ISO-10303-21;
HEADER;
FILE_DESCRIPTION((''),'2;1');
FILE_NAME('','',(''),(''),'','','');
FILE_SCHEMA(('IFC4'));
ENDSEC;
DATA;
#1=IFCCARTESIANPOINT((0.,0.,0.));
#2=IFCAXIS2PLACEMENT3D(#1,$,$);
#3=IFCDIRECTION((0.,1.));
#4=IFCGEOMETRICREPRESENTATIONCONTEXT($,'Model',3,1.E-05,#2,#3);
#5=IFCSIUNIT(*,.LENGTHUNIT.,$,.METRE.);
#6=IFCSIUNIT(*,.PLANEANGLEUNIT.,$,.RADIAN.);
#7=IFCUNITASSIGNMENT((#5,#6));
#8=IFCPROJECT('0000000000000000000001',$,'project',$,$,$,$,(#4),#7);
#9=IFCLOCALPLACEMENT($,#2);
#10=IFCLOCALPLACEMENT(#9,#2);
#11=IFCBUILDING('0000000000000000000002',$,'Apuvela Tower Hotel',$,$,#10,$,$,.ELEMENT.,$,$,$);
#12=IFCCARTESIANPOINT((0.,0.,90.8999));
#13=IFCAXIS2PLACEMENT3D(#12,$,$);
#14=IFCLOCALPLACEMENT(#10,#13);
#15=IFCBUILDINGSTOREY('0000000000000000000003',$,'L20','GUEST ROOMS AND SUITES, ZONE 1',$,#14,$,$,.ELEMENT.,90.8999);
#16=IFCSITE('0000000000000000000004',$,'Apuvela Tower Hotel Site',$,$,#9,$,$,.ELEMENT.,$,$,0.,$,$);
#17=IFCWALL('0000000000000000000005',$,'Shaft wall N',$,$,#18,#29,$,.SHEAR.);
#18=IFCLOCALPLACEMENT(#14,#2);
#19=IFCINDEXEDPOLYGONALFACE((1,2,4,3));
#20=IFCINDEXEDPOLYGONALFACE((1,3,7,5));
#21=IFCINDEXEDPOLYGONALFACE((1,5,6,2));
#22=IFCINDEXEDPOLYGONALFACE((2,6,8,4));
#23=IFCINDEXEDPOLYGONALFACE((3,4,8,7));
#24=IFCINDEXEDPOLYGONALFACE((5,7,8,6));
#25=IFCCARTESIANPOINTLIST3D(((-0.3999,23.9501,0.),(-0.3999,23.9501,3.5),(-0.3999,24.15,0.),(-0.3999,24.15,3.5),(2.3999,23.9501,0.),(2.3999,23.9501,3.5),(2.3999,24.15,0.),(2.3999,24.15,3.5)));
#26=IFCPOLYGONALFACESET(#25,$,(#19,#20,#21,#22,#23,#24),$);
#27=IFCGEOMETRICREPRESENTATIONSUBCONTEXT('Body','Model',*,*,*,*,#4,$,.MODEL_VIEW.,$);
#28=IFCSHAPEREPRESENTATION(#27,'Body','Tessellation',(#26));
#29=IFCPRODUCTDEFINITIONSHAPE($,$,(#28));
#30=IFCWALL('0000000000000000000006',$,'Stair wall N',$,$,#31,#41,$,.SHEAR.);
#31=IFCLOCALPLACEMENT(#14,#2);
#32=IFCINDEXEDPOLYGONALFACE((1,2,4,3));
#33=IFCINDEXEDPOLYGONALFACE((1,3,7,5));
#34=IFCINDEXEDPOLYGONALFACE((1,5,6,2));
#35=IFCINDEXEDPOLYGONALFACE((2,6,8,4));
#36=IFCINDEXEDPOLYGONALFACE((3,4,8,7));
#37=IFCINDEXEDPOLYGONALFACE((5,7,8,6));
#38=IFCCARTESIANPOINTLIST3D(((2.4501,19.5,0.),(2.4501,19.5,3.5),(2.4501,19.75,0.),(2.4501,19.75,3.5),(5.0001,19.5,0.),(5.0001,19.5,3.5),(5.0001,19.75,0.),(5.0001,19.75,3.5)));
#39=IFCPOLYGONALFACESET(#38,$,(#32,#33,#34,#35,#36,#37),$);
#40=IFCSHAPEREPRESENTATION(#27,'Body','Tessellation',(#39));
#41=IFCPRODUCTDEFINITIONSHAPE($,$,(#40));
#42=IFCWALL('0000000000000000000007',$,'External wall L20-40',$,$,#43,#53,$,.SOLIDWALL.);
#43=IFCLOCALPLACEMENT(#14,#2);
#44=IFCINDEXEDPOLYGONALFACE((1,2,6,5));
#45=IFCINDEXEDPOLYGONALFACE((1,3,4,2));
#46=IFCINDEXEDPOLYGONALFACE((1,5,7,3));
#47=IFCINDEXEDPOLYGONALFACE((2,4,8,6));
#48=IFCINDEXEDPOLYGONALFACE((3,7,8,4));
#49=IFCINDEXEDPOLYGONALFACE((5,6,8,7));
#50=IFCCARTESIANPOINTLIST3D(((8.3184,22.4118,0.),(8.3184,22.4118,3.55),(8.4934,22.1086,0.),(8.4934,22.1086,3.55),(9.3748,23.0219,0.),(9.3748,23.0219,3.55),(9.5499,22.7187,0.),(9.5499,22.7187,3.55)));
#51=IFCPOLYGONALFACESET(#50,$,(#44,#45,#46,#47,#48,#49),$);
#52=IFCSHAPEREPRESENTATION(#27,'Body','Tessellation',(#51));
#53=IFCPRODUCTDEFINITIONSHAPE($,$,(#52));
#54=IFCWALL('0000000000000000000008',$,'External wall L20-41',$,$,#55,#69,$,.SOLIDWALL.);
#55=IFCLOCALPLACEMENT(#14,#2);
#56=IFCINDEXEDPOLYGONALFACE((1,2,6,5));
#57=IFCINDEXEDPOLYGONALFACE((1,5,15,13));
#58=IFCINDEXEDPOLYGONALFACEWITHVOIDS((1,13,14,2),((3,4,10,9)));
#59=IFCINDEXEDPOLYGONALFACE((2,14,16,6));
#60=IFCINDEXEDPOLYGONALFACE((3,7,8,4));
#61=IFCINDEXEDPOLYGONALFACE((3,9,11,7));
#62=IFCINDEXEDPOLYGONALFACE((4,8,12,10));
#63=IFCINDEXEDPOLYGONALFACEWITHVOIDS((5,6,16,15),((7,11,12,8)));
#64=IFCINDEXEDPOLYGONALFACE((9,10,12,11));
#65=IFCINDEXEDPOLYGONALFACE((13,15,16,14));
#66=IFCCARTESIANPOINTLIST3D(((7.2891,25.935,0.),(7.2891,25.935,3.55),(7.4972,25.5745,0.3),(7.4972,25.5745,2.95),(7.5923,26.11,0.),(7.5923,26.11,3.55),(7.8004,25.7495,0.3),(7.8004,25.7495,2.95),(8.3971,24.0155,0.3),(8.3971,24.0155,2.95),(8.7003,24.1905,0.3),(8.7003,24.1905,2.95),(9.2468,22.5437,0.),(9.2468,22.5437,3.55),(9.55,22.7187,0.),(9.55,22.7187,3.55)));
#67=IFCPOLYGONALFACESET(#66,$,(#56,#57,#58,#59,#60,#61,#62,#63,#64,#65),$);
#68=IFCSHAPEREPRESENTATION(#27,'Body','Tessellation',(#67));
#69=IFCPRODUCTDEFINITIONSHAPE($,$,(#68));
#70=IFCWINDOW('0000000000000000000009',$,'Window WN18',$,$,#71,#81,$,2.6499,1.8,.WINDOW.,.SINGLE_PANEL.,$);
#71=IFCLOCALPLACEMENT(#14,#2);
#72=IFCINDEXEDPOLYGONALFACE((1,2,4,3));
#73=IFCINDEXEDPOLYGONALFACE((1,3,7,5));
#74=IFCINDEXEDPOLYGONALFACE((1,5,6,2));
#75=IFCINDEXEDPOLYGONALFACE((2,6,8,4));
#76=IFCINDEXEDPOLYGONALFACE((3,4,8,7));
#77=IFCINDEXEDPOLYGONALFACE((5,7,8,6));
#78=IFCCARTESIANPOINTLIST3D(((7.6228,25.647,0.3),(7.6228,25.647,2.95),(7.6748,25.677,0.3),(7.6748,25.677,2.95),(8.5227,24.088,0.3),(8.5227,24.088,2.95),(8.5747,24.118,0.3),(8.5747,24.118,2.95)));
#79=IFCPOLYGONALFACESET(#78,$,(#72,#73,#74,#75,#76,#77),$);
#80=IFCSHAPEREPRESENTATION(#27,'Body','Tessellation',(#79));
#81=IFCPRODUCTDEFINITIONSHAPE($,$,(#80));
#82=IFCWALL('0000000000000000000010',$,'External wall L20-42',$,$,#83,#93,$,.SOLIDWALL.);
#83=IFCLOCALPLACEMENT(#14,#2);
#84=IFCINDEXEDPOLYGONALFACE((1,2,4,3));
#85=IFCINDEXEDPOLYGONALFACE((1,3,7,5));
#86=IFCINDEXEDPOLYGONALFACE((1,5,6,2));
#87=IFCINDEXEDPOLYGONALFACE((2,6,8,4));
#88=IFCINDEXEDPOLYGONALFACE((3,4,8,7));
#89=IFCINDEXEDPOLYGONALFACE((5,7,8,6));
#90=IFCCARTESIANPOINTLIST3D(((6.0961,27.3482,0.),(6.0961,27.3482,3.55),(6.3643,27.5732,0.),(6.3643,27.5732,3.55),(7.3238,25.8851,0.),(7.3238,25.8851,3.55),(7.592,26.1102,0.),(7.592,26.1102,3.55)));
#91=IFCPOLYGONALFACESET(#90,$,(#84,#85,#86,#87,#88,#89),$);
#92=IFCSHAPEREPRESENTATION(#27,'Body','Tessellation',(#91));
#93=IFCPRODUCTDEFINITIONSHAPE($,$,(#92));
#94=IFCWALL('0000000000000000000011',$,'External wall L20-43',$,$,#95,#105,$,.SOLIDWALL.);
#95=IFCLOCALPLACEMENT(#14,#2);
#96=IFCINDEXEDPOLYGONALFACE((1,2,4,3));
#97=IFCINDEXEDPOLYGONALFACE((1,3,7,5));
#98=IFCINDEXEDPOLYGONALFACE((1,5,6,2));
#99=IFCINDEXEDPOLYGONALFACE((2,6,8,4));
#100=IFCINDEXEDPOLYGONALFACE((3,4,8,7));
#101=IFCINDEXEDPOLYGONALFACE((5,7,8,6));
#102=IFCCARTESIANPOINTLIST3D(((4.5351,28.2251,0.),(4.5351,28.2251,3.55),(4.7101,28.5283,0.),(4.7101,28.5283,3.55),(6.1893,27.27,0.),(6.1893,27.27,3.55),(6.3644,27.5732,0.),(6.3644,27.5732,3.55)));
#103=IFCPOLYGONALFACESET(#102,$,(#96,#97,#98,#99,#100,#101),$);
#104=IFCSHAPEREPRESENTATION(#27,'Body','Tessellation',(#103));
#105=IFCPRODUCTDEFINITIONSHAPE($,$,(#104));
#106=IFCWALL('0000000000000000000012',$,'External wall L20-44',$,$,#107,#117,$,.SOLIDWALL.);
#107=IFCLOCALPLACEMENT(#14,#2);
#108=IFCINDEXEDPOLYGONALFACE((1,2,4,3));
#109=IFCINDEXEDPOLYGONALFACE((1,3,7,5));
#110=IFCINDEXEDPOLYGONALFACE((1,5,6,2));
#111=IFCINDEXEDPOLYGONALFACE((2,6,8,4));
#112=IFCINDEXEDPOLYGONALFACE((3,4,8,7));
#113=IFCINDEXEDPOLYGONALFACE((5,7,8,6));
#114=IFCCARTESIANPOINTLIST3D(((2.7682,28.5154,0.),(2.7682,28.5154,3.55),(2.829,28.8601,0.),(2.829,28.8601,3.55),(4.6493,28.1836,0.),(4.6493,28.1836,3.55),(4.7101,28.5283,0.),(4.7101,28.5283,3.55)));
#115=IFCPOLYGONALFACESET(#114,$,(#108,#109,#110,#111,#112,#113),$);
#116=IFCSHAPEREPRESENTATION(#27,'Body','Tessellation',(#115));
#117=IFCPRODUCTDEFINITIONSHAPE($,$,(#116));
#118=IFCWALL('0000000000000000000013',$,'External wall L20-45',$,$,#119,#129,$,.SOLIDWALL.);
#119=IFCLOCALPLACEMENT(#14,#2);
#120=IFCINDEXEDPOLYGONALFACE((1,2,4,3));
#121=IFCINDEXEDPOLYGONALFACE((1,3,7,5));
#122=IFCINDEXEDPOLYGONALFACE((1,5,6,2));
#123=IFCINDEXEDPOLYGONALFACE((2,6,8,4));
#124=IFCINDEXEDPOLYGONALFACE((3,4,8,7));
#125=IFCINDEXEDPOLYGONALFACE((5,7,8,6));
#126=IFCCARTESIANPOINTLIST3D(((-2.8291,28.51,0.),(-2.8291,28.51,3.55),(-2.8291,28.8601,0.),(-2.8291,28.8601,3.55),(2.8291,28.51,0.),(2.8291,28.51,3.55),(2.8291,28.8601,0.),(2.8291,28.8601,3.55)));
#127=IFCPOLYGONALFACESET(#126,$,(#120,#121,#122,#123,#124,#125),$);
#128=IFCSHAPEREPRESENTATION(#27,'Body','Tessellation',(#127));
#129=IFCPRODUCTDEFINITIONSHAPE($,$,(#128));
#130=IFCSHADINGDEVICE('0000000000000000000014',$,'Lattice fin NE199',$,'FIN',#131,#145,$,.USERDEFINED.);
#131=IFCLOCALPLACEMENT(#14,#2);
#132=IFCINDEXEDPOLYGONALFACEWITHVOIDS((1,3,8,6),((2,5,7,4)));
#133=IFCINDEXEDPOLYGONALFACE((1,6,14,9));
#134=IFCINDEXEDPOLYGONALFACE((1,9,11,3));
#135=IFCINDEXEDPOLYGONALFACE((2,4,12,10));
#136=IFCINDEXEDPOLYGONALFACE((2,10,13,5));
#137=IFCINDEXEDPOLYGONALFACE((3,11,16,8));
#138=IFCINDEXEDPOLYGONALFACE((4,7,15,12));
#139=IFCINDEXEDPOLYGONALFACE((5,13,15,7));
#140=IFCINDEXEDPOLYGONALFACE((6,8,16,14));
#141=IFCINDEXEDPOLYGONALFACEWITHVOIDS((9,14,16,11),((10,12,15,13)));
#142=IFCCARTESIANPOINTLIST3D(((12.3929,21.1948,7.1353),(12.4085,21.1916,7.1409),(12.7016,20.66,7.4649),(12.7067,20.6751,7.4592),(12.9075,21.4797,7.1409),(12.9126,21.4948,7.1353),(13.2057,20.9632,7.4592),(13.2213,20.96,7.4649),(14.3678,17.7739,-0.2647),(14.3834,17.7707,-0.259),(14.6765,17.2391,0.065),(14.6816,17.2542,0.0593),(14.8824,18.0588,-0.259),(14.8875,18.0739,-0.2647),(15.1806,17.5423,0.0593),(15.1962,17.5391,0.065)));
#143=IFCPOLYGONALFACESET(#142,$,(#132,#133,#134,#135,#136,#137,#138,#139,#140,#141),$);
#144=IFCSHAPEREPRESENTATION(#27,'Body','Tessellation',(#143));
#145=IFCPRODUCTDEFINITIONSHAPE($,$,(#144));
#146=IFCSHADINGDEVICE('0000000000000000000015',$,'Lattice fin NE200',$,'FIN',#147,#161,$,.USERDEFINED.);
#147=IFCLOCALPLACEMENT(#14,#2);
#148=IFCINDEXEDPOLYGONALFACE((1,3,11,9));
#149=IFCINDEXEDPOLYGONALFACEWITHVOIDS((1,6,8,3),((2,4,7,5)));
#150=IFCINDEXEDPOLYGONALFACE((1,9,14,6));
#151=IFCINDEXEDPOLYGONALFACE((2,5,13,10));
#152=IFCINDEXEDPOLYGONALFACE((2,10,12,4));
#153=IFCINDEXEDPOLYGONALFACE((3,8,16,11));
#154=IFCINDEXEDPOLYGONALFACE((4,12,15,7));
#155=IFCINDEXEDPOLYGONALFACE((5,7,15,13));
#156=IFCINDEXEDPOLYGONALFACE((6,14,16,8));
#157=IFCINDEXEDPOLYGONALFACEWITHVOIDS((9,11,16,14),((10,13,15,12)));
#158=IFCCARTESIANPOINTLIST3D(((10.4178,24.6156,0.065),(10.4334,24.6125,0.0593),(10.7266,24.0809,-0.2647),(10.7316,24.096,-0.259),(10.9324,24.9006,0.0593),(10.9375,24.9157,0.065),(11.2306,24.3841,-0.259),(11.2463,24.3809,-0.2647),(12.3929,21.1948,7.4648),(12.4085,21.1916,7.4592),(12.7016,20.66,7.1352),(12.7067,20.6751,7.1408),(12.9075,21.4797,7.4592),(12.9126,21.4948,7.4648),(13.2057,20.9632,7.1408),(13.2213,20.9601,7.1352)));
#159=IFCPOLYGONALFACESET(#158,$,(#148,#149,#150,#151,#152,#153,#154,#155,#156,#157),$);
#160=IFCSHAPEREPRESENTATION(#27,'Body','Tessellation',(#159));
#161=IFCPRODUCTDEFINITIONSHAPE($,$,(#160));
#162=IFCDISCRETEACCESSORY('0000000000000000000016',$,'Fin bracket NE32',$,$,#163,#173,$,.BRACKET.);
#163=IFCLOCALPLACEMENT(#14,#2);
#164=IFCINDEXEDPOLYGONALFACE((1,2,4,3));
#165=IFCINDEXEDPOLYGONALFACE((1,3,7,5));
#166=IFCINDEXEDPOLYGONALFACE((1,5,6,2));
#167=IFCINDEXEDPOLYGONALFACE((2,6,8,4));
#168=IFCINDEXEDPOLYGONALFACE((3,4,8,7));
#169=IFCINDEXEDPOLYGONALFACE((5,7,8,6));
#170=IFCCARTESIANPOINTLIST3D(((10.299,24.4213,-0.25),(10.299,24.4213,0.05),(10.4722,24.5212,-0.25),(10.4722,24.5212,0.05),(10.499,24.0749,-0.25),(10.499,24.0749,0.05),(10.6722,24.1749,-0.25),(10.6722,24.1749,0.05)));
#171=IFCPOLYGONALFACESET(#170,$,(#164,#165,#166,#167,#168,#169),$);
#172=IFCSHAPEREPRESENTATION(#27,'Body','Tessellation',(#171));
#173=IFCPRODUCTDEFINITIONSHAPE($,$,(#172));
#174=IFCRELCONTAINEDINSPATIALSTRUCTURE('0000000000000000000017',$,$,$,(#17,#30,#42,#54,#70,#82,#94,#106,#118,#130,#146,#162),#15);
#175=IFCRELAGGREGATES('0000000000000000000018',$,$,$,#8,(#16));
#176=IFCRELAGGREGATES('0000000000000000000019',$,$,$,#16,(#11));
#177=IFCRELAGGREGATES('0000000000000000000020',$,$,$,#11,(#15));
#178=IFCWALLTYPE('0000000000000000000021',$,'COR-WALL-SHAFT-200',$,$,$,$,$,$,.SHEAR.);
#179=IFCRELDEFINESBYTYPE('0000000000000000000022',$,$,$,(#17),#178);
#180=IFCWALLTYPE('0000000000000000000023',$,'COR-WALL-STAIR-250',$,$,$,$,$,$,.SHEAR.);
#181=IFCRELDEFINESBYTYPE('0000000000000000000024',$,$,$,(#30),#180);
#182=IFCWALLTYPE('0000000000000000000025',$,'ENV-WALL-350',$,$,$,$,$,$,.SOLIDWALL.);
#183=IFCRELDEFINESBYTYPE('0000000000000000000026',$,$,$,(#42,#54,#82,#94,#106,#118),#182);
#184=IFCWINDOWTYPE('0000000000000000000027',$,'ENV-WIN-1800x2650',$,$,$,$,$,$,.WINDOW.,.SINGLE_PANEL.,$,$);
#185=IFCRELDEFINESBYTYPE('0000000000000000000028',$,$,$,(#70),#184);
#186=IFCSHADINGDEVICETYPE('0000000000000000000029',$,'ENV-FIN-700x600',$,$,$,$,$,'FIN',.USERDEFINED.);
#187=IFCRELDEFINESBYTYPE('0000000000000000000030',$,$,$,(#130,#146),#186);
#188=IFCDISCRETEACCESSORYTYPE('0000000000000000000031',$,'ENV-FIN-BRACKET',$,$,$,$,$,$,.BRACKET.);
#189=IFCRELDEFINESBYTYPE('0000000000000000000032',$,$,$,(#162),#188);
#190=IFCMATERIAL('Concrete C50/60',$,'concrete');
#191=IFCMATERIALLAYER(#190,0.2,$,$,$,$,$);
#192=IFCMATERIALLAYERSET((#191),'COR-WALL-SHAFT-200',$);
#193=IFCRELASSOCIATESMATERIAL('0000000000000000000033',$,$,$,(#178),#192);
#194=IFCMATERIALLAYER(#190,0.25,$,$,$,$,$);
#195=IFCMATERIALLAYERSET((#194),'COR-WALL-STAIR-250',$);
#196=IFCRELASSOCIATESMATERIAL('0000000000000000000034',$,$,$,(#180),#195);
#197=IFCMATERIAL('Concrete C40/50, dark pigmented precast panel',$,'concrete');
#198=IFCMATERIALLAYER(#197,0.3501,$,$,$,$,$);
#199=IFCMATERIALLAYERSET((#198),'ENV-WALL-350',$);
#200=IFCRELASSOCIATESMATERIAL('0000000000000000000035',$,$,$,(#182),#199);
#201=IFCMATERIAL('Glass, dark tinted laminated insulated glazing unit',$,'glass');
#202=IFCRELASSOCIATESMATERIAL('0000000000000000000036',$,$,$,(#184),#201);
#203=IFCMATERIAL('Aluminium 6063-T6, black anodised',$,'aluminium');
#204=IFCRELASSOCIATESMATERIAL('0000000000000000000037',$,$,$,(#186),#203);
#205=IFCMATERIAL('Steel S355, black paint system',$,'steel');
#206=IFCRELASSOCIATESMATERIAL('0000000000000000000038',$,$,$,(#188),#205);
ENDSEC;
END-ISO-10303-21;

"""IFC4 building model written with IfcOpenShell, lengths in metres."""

from ifc_helpers import new_model, si_unit, direction, frame, frame_2d, origin, origin_2d, place, context, subcontext, project, spatial, rectangle, hollow_rectangle, extrude, material, layer, layer_set, material_profile, profile_set, type_object, element, fill, save


model = new_model("IFC4")

# Units and contexts
model_context = context("Model", 3, precision=1e-05, world=origin(), true_north=direction((0.0, 1.0)))
body_context = subcontext(model_context, "Body", "Model", "MODEL_VIEW")
ifc_project = project(units=[si_unit("LENGTHUNIT", "METRE"), si_unit("PLANEANGLEUNIT", "RADIAN")], contexts=[model_context])

# Site, building, storey
site_placement = place(None, origin())
site = spatial("IfcSite", under=ifc_project, at=site_placement, Name="Apuvela Tower Hotel Site", CompositionType="ELEMENT", RefElevation=0.0)
building_placement = place(site_placement, origin())
building = spatial("IfcBuilding", under=site, at=building_placement, Name="Apuvela Tower Hotel", CompositionType="ELEMENT")
storey_placement = place(building_placement, frame((0.0, 0.0, 90.8999)))
storey = spatial("IfcBuildingStorey", under=building, at=storey_placement, Name="L20", Description="GUEST ROOMS AND SUITES, ZONE 1", CompositionType="ELEMENT", Elevation=90.8999)

# Walls
ifc_material_1 = material(Name="Concrete C50/60", Category="concrete")
ifc_layer_1 = layer(ifc_material_1, 0.2)
ifc_layer_set_1 = layer_set([ifc_layer_1], Name="COR-WALL-SHAFT-200")
wall_type_1 = type_object("IfcWallType", Name="COR-WALL-SHAFT-200", PredefinedType="SHEAR", material=ifc_layer_set_1)
wall_1_placement = place(storey_placement, frame((2.3999, 24.05, 0.0), z_axis=(0.0, 0.0, 1.0), x_axis=(-1.0, 0.0, 0.0)))
element("IfcWall", 1, at=wall_1_placement, inside=storey, type_object=wall_type_1, Name="Shaft wall N", PredefinedType="SHEAR", context=body_context, shape_type="SweptSolid", body=[
    extrude(rectangle(XDim=2.7998, YDim=0.2, at=frame_2d((1.3999, 0.0))), origin(), (0.0, 0.0, 1.0), 3.5),
])
ifc_layer_2 = layer(ifc_material_1, 0.25)
ifc_layer_set_2 = layer_set([ifc_layer_2], Name="COR-WALL-STAIR-250")
wall_type_2 = type_object("IfcWallType", Name="COR-WALL-STAIR-250", PredefinedType="SHEAR", material=ifc_layer_set_2)
wall_2_placement = place(storey_placement, frame((5.0, 19.625, 0.0), z_axis=(0.0, 0.0, 1.0), x_axis=(-1.0, 0.0, 0.0)))
element("IfcWall", 2, at=wall_2_placement, inside=storey, type_object=wall_type_2, Name="Stair wall N", PredefinedType="SHEAR", context=body_context, shape_type="SweptSolid", body=[
    extrude(rectangle(XDim=2.55, YDim=0.25, at=frame_2d((1.2749, 0.0))), origin(), (0.0, 0.0, 1.0), 3.5),
])
ifc_material_2 = material(Name="Concrete C40/50, dark pigmented precast panel", Category="concrete")
ifc_layer_3 = layer(ifc_material_2, 0.3501)
ifc_layer_set_3 = layer_set([ifc_layer_3], Name="ENV-WALL-350")
wall_type_3 = type_object("IfcWallType", Name="ENV-WALL-350", PredefinedType="SOLIDWALL", material=ifc_layer_set_3)
wall_3_placement = place(storey_placement, frame((8.406, 22.2603, 0.0), z_axis=(0.0, 0.0, 1.0), x_axis=(0.865956, 0.500121, 0.0)))
element("IfcWall", 3, at=wall_3_placement, inside=storey, type_object=wall_type_3, Name="External wall L20-40", PredefinedType="SOLIDWALL", context=body_context, shape_type="SweptSolid", body=[
    extrude(rectangle(XDim=1.22, YDim=0.3501, at=frame_2d((0.6099, 0.0))), origin(), (0.0, 0.0, 1.0), 3.55),
])

# Wall, opening, window
wall_4_placement = place(storey_placement, frame((9.3984, 22.6311, 0.0), z_axis=(0.0, 0.0, 1.0), x_axis=(-0.499955, 0.866052, 0.0)))
wall_4 = element("IfcWall", 4, at=wall_4_placement, inside=storey, type_object=wall_type_3, Name="External wall L20-41", PredefinedType="SOLIDWALL", context=body_context, shape_type="SweptSolid", body=[
    extrude(rectangle(XDim=3.9158, YDim=0.3501, at=frame_2d((1.958, 0.0))), origin(), (0.0, 0.0, 1.0), 3.55),
])
opening_placement = place(wall_4_placement, frame((1.6997, 0.0, 0.3)))
opening = element("IfcOpeningElement", 5, at=opening_placement, cuts=wall_4, PredefinedType="OPENING", context=body_context, shape_type="SweptSolid", body=[
    extrude(rectangle(XDim=1.8, YDim=2.6499, at=frame_2d((0.8999, 1.325))), frame((0.0, 0.1851, 0.0), z_axis=(0.0, -1.0, 0.0), x_axis=(1.0, 0.0, 0.0)), (0.0, 0.0, 1.0), 0.3701),
])
ifc_material_3 = material(Name="Glass, dark tinted laminated insulated glazing unit", Category="glass")
window_type = type_object("IfcWindowType", Name="ENV-WIN-1800x2650", PartitioningType="SINGLE_PANEL", PredefinedType="WINDOW", material=ifc_material_3)
window_placement = place(opening_placement, origin())
window = element("IfcWindow", 6, at=window_placement, inside=storey, type_object=window_type, Name="Window WN18", OverallHeight=2.6499, OverallWidth=1.8, PartitioningType="SINGLE_PANEL", PredefinedType="WINDOW", context=body_context, shape_type="SweptSolid", body=[
    extrude(rectangle(XDim=1.8, YDim=2.6499, at=frame_2d((0.8999, 1.325))), frame((0.0, 0.03, 0.0), z_axis=(0.0, -1.0, 0.0), x_axis=(1.0, 0.0, 0.0)), (0.0, 0.0, 1.0), 0.0601),
])
fill(opening, window)

# Walls
wall_5_placement = place(storey_placement, frame((7.458, 25.9976, 0.0), z_axis=(0.0, 0.0, 1.0), x_axis=(-0.642808, 0.766027, 0.0)))
element("IfcWall", 7, at=wall_5_placement, inside=storey, type_object=wall_type_3, Name="External wall L20-42", PredefinedType="SOLIDWALL", context=body_context, shape_type="SweptSolid", body=[
    extrude(rectangle(XDim=1.9099, YDim=0.3501, at=frame_2d((0.9551, 0.0))), origin(), (0.0, 0.0, 1.0), 3.55),
])
for number, where, z_axis, x_axis, name in (
    (8, (6.2769, 27.4216, 0.0), (0.0, 0.0, 1.0), (-0.866032, 0.499988, 0.0), "External wall L20-43"),
    (9, (4.6797, 28.356, 0.0), (0.0, 0.0, 1.0), (-0.984799, 0.173698, 0.0), "External wall L20-44"),
):
    element("IfcWall", number, at=place(storey_placement, frame(where, z_axis=z_axis, x_axis=x_axis)), inside=storey, type_object=wall_type_3, Name=name, PredefinedType="SOLIDWALL", context=body_context, shape_type="SweptSolid", body=[
        extrude(rectangle(XDim=1.9102, YDim=0.3501, at=frame_2d((0.9551, 0.0))), origin(), (0.0, 0.0, 1.0), 3.55),
    ])
wall_6_placement = place(storey_placement, frame((2.8291, 28.6851, 0.0), z_axis=(0.0, 0.0, 1.0), x_axis=(-1.0, 0.0, 0.0)))
element("IfcWall", 10, at=wall_6_placement, inside=storey, type_object=wall_type_3, Name="External wall L20-45", PredefinedType="SOLIDWALL", context=body_context, shape_type="SweptSolid", body=[
    extrude(rectangle(XDim=5.6582, YDim=0.3501, at=frame_2d((2.8291, 0.0))), origin(), (0.0, 0.0, 1.0), 3.55),
])

# Shading devices
ifc_material_4 = material(Name="Aluminium 6063-T6, black anodised", Category="aluminium")
ifc_material_profile_1 = material_profile(ifc_material_4, hollow_rectangle(XDim=0.6001, YDim=0.7, WallThickness=0.012, at=origin_2d()), Name="AL BOX 700x600x12")
ifc_profile_set_1 = profile_set([ifc_material_profile_1], Name="Aluminium 6063-T6, black anodised")
shading_device_type = type_object("IfcShadingDeviceType", Name="ENV-FIN-700x600", ElementType="FIN", PredefinedType="USERDEFINED", material=ifc_profile_set_1)
for number, where, z_axis, x_axis, name in (
    (11, (14.782, 17.6565, -0.0999), (-0.235434, 0.407825, 0.882185), (-0.866048, -0.499961, 0.0), "Lattice fin NE199"),
    (12, (10.832, 24.4983, -0.0999), (0.235461, -0.407822, 0.882179), (0.866021, 0.500008, 0.0), "Lattice fin NE200"),
):
    element("IfcShadingDevice", number, at=place(storey_placement, frame(where, z_axis=z_axis, x_axis=x_axis)), inside=storey, type_object=shading_device_type, Name=name, ObjectType="FIN", PredefinedType="USERDEFINED", context=body_context, shape_type="SweptSolid", body=[
        extrude(hollow_rectangle(XDim=0.6001, YDim=0.7, WallThickness=0.012, at=origin_2d()), origin(), (0.0, 0.0, 1.0), 8.3882),
    ])

# Discrete accessory
ifc_material_5 = material(Name="Steel S355, black paint system", Category="steel")
discrete_accessory_type = type_object("IfcDiscreteAccessoryType", Name="ENV-FIN-BRACKET", PredefinedType="BRACKET", material=ifc_material_5)
discrete_accessory_placement = place(storey_placement, frame((10.4856, 24.2981, -0.25), z_axis=(0.0, 0.0, 1.0), x_axis=(-0.5, 0.866025, 0.0)))
element("IfcDiscreteAccessory", 13, at=discrete_accessory_placement, inside=storey, type_object=discrete_accessory_type, Name="Fin bracket NE32", PredefinedType="BRACKET", context=body_context, shape_type="SweptSolid", body=[
    extrude(rectangle(XDim=0.3999, YDim=0.2, at=origin_2d()), origin(), (0.0, 0.0, 1.0), 0.3),
])

save(model, "model.ifc")
